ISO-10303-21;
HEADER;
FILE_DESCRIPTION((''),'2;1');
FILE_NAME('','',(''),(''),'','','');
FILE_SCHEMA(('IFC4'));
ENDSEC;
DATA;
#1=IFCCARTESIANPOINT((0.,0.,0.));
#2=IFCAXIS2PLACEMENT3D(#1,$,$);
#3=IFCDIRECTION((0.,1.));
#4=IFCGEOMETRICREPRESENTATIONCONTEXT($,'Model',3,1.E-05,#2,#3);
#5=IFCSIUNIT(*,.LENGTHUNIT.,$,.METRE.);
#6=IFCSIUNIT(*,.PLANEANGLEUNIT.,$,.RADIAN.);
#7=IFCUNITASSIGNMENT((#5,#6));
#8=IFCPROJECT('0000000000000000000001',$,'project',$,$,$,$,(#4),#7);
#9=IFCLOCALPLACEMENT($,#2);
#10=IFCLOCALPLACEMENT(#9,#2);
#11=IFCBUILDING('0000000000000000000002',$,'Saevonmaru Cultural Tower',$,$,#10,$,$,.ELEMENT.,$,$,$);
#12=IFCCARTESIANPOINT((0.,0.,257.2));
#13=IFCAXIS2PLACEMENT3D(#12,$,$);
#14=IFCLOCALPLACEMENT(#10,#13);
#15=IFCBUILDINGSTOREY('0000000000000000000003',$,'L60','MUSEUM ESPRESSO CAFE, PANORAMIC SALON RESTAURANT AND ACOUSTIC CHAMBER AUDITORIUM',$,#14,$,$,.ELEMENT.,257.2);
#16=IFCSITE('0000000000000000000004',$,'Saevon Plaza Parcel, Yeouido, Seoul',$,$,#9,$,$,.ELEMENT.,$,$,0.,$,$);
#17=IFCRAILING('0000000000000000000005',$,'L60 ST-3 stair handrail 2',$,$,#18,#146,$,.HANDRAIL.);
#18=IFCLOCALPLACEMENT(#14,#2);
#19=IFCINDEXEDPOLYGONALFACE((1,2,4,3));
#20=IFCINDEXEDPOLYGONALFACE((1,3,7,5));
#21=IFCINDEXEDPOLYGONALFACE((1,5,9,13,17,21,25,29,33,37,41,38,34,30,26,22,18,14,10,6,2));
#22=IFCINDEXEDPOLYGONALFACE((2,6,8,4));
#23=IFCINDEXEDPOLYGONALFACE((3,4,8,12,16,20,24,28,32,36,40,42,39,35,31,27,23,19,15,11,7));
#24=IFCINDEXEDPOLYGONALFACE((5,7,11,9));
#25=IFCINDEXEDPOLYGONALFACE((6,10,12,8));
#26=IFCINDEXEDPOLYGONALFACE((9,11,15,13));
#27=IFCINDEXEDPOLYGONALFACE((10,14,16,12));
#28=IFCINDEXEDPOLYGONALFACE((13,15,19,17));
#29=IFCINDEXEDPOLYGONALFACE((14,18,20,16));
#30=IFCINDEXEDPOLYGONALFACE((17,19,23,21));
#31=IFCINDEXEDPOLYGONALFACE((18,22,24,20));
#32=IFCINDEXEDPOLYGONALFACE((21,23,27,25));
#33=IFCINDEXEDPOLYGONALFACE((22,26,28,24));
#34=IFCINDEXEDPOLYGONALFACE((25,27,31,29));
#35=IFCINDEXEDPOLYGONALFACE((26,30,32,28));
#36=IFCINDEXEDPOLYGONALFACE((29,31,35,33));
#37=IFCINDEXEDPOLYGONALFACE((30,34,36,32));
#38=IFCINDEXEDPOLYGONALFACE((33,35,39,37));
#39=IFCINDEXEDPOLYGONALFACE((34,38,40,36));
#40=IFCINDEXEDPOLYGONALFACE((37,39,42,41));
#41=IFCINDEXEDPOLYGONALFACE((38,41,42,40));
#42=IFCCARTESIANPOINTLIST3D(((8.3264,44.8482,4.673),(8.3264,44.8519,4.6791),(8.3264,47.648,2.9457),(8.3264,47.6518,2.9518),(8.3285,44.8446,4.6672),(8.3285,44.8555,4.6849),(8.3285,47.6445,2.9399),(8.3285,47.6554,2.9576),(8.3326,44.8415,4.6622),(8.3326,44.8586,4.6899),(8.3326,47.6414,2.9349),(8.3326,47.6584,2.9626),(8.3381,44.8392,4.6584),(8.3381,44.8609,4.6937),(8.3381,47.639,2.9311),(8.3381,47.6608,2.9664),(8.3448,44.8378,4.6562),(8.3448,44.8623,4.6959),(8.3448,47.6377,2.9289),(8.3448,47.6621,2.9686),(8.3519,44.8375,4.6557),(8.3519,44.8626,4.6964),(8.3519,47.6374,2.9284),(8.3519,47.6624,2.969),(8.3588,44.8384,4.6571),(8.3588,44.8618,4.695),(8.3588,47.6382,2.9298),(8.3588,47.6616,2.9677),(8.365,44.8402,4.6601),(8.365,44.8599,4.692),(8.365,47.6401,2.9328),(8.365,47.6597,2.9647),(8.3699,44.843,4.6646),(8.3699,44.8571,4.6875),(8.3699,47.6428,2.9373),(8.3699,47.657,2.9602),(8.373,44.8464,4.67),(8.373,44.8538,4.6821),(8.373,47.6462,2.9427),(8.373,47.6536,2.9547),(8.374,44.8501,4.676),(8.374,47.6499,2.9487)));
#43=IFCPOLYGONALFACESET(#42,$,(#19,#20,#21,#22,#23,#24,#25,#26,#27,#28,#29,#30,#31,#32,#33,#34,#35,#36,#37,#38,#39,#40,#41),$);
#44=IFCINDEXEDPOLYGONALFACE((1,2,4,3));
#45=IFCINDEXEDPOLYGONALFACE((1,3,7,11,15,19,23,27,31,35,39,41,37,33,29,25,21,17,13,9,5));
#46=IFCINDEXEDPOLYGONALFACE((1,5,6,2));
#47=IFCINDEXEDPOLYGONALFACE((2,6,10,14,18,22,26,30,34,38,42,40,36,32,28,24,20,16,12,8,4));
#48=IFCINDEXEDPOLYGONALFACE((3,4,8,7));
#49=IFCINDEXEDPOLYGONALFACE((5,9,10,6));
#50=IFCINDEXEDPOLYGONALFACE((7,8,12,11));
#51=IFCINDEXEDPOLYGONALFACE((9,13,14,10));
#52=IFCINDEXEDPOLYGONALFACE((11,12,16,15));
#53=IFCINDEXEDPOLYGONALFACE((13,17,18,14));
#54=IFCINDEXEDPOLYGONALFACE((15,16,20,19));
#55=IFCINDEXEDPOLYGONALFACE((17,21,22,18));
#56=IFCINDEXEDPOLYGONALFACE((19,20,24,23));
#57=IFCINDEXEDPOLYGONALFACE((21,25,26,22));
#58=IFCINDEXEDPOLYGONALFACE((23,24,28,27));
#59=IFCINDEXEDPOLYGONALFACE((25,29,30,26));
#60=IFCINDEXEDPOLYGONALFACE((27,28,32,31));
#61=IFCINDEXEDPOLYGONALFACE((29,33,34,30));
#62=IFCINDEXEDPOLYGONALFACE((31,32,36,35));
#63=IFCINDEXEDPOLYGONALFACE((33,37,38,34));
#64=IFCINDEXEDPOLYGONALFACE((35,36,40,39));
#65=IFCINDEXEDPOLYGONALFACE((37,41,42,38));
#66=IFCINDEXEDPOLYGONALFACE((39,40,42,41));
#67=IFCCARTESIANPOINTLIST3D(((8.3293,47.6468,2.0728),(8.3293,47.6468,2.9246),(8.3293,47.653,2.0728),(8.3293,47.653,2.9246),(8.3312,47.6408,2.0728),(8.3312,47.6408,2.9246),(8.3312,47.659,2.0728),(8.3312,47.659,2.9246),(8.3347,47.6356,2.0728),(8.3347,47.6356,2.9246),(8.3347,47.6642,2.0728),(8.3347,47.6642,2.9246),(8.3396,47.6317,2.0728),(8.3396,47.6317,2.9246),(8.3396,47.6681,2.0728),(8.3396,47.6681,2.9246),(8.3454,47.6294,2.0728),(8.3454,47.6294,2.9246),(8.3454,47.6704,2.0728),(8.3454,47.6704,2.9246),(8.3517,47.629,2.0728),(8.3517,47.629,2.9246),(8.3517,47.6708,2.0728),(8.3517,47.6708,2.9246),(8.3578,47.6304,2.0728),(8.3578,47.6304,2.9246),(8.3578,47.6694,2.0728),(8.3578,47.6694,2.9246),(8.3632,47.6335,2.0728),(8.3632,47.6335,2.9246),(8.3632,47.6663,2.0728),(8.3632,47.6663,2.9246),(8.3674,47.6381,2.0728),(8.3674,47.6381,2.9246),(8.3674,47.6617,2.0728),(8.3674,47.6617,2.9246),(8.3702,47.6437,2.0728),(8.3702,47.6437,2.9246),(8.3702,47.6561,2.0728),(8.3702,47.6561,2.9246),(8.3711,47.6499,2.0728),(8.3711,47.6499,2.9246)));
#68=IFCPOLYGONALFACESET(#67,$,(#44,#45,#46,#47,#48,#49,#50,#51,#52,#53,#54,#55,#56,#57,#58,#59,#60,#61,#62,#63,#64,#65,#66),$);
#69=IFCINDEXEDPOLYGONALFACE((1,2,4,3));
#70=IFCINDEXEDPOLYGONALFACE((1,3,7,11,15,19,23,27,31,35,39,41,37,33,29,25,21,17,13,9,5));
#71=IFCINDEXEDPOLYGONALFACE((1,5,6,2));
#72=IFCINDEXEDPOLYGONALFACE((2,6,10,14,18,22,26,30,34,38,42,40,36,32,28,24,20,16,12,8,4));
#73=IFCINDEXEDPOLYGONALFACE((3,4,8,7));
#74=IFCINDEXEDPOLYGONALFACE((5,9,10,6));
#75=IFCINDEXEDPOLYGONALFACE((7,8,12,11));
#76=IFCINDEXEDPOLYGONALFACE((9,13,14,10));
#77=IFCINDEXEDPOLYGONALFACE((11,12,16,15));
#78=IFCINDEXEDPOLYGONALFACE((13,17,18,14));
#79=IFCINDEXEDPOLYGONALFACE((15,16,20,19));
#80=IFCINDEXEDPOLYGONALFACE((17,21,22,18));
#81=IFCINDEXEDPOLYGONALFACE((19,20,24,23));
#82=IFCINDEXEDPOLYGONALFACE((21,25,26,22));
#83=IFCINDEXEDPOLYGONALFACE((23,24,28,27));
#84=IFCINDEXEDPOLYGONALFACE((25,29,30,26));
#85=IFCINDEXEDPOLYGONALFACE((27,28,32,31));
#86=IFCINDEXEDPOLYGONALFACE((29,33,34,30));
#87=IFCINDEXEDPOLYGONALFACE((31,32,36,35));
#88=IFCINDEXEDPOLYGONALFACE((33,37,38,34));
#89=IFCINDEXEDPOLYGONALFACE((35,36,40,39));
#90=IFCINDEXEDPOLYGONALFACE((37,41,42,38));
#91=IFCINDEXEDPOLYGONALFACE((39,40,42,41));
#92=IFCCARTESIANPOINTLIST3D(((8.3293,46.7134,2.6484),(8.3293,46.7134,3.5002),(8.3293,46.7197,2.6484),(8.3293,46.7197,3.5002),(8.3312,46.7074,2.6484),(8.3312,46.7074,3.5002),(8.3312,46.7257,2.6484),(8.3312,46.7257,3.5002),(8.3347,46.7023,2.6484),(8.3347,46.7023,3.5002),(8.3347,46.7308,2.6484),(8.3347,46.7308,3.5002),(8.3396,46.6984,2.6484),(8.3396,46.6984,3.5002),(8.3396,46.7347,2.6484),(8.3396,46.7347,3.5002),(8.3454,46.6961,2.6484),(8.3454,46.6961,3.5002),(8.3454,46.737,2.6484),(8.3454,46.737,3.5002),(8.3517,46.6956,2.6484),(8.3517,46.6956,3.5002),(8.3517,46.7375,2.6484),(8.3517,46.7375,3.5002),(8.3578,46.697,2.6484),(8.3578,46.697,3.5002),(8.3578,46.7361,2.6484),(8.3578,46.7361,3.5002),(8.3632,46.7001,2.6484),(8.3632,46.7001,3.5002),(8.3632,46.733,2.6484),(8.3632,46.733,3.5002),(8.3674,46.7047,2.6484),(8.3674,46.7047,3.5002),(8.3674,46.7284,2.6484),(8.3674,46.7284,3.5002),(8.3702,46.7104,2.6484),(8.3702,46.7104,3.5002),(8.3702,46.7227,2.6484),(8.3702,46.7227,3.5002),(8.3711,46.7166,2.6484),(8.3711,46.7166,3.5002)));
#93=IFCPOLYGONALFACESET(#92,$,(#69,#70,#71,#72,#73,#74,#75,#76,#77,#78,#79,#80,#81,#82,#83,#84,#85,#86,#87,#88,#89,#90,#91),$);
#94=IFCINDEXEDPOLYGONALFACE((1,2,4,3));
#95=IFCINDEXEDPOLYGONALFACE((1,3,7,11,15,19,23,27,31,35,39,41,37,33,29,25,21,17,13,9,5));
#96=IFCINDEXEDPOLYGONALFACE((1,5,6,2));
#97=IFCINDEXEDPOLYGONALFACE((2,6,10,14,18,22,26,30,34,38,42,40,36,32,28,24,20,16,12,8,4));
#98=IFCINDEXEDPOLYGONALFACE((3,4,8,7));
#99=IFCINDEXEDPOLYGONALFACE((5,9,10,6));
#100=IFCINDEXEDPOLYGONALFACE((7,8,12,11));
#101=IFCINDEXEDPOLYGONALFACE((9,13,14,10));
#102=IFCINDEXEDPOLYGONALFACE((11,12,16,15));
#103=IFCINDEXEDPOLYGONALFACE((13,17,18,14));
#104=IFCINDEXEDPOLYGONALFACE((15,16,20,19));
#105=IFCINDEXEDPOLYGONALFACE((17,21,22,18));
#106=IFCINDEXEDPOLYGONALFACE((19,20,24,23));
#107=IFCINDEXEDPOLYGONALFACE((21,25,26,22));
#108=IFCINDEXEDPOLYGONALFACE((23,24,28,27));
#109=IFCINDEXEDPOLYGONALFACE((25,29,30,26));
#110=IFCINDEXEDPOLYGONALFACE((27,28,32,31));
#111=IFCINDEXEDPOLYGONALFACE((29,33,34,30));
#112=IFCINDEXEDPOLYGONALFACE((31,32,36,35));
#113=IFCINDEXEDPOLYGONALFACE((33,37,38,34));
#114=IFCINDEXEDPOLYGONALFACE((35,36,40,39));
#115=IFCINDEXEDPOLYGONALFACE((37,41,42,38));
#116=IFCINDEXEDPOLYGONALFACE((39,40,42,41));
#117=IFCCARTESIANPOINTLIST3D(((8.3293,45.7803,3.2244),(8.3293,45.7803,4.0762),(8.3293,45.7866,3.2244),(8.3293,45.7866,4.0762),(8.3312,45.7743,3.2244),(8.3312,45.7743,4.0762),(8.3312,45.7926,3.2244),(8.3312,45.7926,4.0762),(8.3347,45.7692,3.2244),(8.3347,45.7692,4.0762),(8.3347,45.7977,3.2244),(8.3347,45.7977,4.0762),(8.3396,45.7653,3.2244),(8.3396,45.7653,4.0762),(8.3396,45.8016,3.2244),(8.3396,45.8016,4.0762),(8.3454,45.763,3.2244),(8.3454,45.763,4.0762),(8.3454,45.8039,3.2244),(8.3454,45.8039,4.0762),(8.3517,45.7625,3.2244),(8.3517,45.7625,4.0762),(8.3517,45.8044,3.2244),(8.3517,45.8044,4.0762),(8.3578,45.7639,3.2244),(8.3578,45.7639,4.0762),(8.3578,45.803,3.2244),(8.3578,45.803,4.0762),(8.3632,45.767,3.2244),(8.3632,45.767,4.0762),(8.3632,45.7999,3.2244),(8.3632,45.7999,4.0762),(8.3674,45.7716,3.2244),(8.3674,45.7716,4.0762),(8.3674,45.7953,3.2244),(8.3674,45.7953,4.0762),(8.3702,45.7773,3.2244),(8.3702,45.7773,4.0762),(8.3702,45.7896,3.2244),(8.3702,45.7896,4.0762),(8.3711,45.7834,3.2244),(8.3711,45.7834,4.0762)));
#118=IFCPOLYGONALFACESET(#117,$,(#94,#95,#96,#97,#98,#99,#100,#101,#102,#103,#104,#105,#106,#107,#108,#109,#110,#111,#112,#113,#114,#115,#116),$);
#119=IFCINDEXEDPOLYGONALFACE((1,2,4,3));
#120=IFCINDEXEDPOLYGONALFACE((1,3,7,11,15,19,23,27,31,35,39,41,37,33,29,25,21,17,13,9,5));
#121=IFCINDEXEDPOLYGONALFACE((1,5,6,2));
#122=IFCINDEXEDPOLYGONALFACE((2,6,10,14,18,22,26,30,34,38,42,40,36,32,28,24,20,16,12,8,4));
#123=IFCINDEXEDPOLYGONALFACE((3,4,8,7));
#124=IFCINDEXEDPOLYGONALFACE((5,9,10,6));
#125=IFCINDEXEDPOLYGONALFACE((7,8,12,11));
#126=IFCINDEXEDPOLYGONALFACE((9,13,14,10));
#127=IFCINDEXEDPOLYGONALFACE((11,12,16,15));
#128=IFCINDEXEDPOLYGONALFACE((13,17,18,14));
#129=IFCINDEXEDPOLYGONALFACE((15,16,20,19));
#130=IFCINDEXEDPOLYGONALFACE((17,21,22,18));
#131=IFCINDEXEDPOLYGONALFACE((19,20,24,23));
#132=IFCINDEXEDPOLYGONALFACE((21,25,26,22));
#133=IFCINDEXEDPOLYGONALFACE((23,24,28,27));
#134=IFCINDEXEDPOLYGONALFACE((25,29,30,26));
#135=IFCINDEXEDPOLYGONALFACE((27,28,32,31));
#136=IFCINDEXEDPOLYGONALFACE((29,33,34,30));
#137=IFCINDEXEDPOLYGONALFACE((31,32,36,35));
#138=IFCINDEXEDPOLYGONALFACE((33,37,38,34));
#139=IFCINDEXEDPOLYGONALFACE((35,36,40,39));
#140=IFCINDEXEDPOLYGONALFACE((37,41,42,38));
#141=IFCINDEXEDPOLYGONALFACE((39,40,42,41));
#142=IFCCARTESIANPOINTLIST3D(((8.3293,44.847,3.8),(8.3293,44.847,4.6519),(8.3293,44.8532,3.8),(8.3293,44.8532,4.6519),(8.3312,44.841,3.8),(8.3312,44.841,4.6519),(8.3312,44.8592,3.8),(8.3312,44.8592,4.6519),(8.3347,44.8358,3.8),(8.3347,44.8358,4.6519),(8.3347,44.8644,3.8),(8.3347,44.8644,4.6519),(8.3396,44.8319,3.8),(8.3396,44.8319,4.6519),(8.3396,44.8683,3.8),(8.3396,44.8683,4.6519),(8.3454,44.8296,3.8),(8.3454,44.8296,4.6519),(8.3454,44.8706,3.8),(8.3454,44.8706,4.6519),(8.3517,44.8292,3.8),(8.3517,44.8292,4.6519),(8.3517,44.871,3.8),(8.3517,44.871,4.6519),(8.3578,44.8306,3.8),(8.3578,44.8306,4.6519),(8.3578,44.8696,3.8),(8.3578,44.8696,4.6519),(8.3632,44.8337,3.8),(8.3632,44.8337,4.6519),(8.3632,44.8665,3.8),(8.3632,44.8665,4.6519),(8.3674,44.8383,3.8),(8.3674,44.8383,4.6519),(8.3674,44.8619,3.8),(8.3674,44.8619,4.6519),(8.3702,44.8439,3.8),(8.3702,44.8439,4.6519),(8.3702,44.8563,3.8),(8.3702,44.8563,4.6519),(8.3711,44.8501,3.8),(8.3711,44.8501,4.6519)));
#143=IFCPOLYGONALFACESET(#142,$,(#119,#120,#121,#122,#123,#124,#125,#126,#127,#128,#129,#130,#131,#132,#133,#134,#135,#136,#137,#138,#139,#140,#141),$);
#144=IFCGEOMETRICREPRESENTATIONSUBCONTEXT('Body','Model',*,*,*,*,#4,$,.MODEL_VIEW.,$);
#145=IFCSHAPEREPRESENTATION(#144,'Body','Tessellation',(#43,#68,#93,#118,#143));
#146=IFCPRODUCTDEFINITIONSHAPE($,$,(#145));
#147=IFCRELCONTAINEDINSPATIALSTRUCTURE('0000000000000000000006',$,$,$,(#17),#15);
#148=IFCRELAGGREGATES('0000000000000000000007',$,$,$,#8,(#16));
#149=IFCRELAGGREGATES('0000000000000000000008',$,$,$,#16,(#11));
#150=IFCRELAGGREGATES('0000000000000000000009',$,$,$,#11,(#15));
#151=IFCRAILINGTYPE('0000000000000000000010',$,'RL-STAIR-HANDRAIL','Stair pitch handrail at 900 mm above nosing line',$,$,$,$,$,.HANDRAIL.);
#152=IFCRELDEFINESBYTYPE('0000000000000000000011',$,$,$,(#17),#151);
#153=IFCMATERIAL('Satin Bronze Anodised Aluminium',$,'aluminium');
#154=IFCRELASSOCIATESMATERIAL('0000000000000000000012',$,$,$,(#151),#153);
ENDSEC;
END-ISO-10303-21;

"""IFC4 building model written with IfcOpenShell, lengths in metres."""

from ifc_helpers import new_model, si_unit, direction, frame, origin, origin_2d, place, context, subcontext, project, spatial, circle, extrude, material, type_object, element, save


model = new_model("IFC4")

# Units and contexts
model_context = context("Model", 3, precision=1e-05, world=origin(), true_north=direction((0.0, 1.0)))
body_context = subcontext(model_context, "Body", "Model", "MODEL_VIEW")
ifc_project = project(units=[si_unit("LENGTHUNIT", "METRE"), si_unit("PLANEANGLEUNIT", "RADIAN")], contexts=[model_context])

# Site, building, storey
site_placement = place(None, origin())
site = spatial("IfcSite", under=ifc_project, at=site_placement, Name="Saevon Plaza Parcel, Yeouido, Seoul", CompositionType="ELEMENT", RefElevation=0.0)
building_placement = place(site_placement, origin())
building = spatial("IfcBuilding", under=site, at=building_placement, Name="Saevonmaru Cultural Tower", CompositionType="ELEMENT")
storey_placement = place(building_placement, frame((0.0, 0.0, 257.2)))
storey = spatial("IfcBuildingStorey", under=building, at=storey_placement, Name="L60", Description="MUSEUM ESPRESSO CAFE, PANORAMIC SALON RESTAURANT AND ACOUSTIC CHAMBER AUDITORIUM", CompositionType="ELEMENT", Elevation=257.2)

# Shared definitions
ifc_material_1 = material(Name="Satin Bronze Anodised Aluminium", Category="aluminium")

# Railing
railing_type_1 = type_object("IfcRailingType", Name="RL-STAIR-HANDRAIL", Description="Stair pitch handrail at 900 mm above nosing line", PredefinedType="HANDRAIL", material=ifc_material_1)
railing_1_placement = place(storey_placement, frame((8.3501, 47.6499, 2.0728)))
element("IfcRailing", 1, at=railing_1_placement, inside=storey, type_object=railing_type_1, Name="L60 ST-3 stair handrail 2", PredefinedType="HANDRAIL", context=body_context, shape_type="SweptSolid", body=[
    extrude(circle(Radius=0.0239, at=origin_2d()), frame((0.0, 0.0, 0.876), z_axis=(0.0, -0.851069, 0.525054), x_axis=(1.0, 0.0, 0.0)), (0.0, 0.0, 1.0), 3.2898),
    extrude(circle(Radius=0.021, at=origin_2d()), origin(), (0.0, 0.0, 1.0), 0.8518),
    extrude(circle(Radius=0.021, at=origin_2d()), frame((0.0, -0.9333, 0.5757)), (0.0, 0.0, 1.0), 0.8518),
    extrude(circle(Radius=0.021, at=origin_2d()), frame((0.0, -1.8665, 1.1516)), (0.0, 0.0, 1.0), 0.8518),
    extrude(circle(Radius=0.021, at=origin_2d()), frame((0.0, -2.7998, 1.7273)), (0.0, 0.0, 1.0), 0.8518),
])

save(model, "model.ifc")
